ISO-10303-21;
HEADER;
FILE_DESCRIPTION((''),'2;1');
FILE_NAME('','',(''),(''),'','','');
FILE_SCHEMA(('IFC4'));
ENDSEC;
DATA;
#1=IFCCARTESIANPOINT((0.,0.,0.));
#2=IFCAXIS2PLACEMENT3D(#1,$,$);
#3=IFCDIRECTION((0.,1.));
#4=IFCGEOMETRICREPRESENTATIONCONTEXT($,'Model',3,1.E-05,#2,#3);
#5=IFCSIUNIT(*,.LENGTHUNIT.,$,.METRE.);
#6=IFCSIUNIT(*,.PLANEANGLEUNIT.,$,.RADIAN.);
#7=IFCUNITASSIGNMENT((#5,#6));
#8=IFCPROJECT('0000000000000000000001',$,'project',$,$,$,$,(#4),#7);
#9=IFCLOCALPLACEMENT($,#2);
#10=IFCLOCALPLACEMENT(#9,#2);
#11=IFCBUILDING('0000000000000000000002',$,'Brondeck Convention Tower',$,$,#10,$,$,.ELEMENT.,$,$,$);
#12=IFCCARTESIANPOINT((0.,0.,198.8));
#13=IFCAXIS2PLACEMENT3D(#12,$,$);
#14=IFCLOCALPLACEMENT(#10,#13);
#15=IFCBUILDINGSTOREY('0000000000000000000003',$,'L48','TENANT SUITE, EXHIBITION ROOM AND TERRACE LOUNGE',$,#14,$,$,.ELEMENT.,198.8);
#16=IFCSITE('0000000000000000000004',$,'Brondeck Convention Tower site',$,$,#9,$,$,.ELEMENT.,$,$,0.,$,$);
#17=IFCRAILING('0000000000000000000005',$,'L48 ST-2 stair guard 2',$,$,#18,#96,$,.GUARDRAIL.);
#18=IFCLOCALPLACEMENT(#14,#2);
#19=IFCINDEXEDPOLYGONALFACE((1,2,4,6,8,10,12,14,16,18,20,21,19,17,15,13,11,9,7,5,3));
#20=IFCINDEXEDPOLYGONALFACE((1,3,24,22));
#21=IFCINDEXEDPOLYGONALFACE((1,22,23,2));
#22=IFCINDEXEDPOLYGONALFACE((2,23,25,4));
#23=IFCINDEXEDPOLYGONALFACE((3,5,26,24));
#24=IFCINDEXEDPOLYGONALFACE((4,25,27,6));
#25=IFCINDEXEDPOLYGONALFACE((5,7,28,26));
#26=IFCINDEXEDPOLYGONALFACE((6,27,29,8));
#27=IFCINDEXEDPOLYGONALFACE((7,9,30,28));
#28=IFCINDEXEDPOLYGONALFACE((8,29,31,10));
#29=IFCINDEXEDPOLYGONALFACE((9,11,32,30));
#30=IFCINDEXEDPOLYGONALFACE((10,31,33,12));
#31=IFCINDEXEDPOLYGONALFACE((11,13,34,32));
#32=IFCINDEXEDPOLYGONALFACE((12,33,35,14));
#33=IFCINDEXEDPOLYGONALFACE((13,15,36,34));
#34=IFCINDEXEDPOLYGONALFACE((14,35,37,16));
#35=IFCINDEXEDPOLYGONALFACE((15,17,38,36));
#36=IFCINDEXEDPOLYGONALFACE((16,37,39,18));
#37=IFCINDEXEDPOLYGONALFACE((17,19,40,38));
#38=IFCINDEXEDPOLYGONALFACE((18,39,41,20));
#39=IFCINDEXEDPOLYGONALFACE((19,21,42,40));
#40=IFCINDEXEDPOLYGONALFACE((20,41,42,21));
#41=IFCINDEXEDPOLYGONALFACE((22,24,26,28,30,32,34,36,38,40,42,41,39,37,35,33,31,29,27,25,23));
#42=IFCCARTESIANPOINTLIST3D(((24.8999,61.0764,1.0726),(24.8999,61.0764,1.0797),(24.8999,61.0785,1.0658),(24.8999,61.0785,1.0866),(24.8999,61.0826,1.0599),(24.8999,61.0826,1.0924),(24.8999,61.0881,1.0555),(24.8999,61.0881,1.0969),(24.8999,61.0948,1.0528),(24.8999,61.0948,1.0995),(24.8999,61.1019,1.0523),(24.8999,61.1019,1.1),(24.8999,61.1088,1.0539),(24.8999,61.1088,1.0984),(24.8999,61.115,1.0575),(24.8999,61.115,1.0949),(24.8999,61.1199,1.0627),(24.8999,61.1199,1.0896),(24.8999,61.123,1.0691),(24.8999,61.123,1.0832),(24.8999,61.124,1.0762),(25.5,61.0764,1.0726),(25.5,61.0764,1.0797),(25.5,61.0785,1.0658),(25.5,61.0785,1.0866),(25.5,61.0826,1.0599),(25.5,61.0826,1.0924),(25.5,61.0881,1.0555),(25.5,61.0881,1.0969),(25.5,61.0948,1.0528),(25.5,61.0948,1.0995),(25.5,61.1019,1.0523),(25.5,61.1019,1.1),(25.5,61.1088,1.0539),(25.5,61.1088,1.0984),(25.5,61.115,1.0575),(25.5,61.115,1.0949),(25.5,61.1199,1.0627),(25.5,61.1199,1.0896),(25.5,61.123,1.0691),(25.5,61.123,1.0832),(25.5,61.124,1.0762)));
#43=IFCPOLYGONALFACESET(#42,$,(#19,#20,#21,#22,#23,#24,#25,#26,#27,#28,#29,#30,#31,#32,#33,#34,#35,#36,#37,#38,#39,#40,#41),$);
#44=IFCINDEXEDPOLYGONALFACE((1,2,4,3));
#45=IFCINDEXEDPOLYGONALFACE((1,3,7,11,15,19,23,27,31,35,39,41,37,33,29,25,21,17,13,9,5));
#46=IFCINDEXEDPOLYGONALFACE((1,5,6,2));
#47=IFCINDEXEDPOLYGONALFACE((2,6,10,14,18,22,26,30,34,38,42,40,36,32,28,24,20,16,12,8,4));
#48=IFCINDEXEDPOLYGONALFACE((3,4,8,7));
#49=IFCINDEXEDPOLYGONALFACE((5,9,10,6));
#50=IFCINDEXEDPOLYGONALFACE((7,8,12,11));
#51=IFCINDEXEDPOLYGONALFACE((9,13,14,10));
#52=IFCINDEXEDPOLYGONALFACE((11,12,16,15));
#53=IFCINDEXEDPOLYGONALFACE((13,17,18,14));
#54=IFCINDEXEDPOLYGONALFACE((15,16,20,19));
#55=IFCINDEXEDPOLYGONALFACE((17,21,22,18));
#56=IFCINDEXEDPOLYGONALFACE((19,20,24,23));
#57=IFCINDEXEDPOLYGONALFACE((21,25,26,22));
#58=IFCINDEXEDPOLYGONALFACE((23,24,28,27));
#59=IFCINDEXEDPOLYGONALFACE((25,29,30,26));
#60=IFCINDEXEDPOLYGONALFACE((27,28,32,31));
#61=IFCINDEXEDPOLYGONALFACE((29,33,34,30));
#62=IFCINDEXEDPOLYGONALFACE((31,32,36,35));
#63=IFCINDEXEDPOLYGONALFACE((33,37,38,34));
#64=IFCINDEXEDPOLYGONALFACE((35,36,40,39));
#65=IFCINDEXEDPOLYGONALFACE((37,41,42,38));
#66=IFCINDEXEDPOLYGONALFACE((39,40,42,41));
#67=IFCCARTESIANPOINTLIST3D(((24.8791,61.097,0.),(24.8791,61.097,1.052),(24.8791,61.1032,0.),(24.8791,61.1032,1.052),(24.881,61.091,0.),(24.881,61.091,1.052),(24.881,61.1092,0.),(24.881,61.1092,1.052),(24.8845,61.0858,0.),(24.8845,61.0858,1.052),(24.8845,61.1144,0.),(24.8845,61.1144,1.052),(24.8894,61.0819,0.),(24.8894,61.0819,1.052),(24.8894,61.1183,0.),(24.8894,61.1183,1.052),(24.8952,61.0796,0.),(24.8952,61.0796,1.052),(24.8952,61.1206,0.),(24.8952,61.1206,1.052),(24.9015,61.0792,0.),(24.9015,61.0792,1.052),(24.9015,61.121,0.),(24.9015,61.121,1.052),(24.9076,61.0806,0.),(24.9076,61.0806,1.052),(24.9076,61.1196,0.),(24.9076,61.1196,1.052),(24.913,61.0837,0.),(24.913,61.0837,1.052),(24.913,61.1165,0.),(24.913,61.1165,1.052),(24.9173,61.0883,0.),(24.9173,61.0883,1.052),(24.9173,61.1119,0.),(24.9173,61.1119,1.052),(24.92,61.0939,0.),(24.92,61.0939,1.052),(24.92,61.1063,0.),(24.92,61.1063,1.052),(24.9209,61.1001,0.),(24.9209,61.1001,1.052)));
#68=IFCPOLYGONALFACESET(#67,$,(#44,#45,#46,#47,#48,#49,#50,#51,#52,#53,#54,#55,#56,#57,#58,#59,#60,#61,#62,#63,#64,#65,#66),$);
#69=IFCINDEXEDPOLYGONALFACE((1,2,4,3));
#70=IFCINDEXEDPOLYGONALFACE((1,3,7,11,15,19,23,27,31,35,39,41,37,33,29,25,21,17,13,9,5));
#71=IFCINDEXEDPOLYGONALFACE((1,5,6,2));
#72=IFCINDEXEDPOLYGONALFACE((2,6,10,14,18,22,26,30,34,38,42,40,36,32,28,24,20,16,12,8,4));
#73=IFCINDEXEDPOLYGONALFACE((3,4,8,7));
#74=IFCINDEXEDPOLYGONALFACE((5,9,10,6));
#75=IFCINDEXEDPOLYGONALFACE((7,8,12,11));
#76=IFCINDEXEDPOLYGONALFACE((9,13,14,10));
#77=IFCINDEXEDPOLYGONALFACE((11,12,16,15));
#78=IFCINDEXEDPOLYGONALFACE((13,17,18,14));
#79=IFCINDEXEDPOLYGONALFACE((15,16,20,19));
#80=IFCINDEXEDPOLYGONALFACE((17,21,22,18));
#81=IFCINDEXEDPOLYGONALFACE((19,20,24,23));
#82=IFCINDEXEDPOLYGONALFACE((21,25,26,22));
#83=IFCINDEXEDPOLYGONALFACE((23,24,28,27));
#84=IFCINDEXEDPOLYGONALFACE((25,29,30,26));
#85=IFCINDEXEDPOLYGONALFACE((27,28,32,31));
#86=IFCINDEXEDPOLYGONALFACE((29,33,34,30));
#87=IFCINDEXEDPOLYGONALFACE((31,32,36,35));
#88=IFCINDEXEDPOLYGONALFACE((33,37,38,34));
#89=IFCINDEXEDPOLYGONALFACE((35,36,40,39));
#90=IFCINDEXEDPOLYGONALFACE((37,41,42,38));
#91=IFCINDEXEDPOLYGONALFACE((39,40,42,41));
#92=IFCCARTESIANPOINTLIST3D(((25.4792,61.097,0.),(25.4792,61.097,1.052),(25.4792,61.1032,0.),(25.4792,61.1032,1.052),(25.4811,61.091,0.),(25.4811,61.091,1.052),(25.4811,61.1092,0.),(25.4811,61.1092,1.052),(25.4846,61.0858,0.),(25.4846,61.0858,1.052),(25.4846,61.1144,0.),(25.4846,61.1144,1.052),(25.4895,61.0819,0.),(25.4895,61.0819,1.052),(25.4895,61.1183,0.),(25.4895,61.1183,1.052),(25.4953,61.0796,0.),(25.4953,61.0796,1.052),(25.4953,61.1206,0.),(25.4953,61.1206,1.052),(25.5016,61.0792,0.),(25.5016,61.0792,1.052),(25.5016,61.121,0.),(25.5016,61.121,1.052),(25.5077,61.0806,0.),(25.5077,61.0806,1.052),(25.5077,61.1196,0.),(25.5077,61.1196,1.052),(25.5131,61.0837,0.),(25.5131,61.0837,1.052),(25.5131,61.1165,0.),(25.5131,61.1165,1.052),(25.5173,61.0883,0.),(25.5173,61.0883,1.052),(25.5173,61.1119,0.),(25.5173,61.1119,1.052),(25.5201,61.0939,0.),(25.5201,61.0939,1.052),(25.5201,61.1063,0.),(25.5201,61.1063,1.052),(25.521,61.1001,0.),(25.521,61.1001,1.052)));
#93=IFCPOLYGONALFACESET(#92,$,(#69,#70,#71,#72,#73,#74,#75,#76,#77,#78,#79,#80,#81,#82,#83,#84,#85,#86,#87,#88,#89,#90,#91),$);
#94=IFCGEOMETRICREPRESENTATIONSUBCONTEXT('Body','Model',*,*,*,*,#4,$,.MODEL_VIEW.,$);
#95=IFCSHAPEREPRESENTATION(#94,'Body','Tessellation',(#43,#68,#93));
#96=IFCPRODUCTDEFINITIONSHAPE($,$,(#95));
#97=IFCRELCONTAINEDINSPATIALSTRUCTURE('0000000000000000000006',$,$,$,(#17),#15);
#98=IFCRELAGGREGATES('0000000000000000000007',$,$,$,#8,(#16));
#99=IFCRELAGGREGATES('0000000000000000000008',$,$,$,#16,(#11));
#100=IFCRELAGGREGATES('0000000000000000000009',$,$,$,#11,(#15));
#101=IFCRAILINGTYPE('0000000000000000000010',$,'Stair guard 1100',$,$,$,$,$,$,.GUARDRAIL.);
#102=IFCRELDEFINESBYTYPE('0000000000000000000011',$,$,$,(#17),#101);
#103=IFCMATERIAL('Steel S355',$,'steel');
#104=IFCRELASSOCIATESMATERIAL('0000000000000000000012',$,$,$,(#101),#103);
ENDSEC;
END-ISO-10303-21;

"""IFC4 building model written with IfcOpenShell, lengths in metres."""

from ifc_helpers import new_model, si_unit, direction, frame, origin, origin_2d, place, context, subcontext, project, spatial, circle, extrude, material, type_object, element, save


model = new_model("IFC4")

# Units and contexts
model_context = context("Model", 3, precision=1e-05, world=origin(), true_north=direction((0.0, 1.0)))
body_context = subcontext(model_context, "Body", "Model", "MODEL_VIEW")
ifc_project = project(units=[si_unit("LENGTHUNIT", "METRE"), si_unit("PLANEANGLEUNIT", "RADIAN")], contexts=[model_context])

# Site, building, storey
site_placement = place(None, origin())
site = spatial("IfcSite", under=ifc_project, at=site_placement, Name="Brondeck Convention Tower site", CompositionType="ELEMENT", RefElevation=0.0)
building_placement = place(site_placement, origin())
building = spatial("IfcBuilding", under=site, at=building_placement, Name="Brondeck Convention Tower", CompositionType="ELEMENT")
storey_placement = place(building_placement, frame((0.0, 0.0, 198.8)))
storey = spatial("IfcBuildingStorey", under=building, at=storey_placement, Name="L48", Description="TENANT SUITE, EXHIBITION ROOM AND TERRACE LOUNGE", CompositionType="ELEMENT", Elevation=198.8)

# Shared definitions
ifc_material_1 = material(Name="Steel S355", Category="steel")

# Railing
railing_type_1 = type_object("IfcRailingType", Name="Stair guard 1100", PredefinedType="GUARDRAIL", material=ifc_material_1)
railing_1_placement = place(storey_placement, frame((24.8999, 61.1001, 0.0)))
element("IfcRailing", 1, at=railing_1_placement, inside=storey, type_object=railing_type_1, Name="L48 ST-2 stair guard 2", PredefinedType="GUARDRAIL", context=body_context, shape_type="SweptSolid", body=[
    extrude(circle(Radius=0.0239, at=origin_2d()), frame((0.0, 0.0, 1.0762), z_axis=(1.0, 0.0, 0.0), x_axis=(0.0, 1.0, 0.0)), (0.0, 0.0, 1.0), 0.6001),
    extrude(circle(Radius=0.021, at=origin_2d()), origin(), (0.0, 0.0, 1.0), 1.052),
    extrude(circle(Radius=0.021, at=origin_2d()), frame((0.6001, 0.0, 0.0)), (0.0, 0.0, 1.0), 1.052),
])

save(model, "model.ifc")
